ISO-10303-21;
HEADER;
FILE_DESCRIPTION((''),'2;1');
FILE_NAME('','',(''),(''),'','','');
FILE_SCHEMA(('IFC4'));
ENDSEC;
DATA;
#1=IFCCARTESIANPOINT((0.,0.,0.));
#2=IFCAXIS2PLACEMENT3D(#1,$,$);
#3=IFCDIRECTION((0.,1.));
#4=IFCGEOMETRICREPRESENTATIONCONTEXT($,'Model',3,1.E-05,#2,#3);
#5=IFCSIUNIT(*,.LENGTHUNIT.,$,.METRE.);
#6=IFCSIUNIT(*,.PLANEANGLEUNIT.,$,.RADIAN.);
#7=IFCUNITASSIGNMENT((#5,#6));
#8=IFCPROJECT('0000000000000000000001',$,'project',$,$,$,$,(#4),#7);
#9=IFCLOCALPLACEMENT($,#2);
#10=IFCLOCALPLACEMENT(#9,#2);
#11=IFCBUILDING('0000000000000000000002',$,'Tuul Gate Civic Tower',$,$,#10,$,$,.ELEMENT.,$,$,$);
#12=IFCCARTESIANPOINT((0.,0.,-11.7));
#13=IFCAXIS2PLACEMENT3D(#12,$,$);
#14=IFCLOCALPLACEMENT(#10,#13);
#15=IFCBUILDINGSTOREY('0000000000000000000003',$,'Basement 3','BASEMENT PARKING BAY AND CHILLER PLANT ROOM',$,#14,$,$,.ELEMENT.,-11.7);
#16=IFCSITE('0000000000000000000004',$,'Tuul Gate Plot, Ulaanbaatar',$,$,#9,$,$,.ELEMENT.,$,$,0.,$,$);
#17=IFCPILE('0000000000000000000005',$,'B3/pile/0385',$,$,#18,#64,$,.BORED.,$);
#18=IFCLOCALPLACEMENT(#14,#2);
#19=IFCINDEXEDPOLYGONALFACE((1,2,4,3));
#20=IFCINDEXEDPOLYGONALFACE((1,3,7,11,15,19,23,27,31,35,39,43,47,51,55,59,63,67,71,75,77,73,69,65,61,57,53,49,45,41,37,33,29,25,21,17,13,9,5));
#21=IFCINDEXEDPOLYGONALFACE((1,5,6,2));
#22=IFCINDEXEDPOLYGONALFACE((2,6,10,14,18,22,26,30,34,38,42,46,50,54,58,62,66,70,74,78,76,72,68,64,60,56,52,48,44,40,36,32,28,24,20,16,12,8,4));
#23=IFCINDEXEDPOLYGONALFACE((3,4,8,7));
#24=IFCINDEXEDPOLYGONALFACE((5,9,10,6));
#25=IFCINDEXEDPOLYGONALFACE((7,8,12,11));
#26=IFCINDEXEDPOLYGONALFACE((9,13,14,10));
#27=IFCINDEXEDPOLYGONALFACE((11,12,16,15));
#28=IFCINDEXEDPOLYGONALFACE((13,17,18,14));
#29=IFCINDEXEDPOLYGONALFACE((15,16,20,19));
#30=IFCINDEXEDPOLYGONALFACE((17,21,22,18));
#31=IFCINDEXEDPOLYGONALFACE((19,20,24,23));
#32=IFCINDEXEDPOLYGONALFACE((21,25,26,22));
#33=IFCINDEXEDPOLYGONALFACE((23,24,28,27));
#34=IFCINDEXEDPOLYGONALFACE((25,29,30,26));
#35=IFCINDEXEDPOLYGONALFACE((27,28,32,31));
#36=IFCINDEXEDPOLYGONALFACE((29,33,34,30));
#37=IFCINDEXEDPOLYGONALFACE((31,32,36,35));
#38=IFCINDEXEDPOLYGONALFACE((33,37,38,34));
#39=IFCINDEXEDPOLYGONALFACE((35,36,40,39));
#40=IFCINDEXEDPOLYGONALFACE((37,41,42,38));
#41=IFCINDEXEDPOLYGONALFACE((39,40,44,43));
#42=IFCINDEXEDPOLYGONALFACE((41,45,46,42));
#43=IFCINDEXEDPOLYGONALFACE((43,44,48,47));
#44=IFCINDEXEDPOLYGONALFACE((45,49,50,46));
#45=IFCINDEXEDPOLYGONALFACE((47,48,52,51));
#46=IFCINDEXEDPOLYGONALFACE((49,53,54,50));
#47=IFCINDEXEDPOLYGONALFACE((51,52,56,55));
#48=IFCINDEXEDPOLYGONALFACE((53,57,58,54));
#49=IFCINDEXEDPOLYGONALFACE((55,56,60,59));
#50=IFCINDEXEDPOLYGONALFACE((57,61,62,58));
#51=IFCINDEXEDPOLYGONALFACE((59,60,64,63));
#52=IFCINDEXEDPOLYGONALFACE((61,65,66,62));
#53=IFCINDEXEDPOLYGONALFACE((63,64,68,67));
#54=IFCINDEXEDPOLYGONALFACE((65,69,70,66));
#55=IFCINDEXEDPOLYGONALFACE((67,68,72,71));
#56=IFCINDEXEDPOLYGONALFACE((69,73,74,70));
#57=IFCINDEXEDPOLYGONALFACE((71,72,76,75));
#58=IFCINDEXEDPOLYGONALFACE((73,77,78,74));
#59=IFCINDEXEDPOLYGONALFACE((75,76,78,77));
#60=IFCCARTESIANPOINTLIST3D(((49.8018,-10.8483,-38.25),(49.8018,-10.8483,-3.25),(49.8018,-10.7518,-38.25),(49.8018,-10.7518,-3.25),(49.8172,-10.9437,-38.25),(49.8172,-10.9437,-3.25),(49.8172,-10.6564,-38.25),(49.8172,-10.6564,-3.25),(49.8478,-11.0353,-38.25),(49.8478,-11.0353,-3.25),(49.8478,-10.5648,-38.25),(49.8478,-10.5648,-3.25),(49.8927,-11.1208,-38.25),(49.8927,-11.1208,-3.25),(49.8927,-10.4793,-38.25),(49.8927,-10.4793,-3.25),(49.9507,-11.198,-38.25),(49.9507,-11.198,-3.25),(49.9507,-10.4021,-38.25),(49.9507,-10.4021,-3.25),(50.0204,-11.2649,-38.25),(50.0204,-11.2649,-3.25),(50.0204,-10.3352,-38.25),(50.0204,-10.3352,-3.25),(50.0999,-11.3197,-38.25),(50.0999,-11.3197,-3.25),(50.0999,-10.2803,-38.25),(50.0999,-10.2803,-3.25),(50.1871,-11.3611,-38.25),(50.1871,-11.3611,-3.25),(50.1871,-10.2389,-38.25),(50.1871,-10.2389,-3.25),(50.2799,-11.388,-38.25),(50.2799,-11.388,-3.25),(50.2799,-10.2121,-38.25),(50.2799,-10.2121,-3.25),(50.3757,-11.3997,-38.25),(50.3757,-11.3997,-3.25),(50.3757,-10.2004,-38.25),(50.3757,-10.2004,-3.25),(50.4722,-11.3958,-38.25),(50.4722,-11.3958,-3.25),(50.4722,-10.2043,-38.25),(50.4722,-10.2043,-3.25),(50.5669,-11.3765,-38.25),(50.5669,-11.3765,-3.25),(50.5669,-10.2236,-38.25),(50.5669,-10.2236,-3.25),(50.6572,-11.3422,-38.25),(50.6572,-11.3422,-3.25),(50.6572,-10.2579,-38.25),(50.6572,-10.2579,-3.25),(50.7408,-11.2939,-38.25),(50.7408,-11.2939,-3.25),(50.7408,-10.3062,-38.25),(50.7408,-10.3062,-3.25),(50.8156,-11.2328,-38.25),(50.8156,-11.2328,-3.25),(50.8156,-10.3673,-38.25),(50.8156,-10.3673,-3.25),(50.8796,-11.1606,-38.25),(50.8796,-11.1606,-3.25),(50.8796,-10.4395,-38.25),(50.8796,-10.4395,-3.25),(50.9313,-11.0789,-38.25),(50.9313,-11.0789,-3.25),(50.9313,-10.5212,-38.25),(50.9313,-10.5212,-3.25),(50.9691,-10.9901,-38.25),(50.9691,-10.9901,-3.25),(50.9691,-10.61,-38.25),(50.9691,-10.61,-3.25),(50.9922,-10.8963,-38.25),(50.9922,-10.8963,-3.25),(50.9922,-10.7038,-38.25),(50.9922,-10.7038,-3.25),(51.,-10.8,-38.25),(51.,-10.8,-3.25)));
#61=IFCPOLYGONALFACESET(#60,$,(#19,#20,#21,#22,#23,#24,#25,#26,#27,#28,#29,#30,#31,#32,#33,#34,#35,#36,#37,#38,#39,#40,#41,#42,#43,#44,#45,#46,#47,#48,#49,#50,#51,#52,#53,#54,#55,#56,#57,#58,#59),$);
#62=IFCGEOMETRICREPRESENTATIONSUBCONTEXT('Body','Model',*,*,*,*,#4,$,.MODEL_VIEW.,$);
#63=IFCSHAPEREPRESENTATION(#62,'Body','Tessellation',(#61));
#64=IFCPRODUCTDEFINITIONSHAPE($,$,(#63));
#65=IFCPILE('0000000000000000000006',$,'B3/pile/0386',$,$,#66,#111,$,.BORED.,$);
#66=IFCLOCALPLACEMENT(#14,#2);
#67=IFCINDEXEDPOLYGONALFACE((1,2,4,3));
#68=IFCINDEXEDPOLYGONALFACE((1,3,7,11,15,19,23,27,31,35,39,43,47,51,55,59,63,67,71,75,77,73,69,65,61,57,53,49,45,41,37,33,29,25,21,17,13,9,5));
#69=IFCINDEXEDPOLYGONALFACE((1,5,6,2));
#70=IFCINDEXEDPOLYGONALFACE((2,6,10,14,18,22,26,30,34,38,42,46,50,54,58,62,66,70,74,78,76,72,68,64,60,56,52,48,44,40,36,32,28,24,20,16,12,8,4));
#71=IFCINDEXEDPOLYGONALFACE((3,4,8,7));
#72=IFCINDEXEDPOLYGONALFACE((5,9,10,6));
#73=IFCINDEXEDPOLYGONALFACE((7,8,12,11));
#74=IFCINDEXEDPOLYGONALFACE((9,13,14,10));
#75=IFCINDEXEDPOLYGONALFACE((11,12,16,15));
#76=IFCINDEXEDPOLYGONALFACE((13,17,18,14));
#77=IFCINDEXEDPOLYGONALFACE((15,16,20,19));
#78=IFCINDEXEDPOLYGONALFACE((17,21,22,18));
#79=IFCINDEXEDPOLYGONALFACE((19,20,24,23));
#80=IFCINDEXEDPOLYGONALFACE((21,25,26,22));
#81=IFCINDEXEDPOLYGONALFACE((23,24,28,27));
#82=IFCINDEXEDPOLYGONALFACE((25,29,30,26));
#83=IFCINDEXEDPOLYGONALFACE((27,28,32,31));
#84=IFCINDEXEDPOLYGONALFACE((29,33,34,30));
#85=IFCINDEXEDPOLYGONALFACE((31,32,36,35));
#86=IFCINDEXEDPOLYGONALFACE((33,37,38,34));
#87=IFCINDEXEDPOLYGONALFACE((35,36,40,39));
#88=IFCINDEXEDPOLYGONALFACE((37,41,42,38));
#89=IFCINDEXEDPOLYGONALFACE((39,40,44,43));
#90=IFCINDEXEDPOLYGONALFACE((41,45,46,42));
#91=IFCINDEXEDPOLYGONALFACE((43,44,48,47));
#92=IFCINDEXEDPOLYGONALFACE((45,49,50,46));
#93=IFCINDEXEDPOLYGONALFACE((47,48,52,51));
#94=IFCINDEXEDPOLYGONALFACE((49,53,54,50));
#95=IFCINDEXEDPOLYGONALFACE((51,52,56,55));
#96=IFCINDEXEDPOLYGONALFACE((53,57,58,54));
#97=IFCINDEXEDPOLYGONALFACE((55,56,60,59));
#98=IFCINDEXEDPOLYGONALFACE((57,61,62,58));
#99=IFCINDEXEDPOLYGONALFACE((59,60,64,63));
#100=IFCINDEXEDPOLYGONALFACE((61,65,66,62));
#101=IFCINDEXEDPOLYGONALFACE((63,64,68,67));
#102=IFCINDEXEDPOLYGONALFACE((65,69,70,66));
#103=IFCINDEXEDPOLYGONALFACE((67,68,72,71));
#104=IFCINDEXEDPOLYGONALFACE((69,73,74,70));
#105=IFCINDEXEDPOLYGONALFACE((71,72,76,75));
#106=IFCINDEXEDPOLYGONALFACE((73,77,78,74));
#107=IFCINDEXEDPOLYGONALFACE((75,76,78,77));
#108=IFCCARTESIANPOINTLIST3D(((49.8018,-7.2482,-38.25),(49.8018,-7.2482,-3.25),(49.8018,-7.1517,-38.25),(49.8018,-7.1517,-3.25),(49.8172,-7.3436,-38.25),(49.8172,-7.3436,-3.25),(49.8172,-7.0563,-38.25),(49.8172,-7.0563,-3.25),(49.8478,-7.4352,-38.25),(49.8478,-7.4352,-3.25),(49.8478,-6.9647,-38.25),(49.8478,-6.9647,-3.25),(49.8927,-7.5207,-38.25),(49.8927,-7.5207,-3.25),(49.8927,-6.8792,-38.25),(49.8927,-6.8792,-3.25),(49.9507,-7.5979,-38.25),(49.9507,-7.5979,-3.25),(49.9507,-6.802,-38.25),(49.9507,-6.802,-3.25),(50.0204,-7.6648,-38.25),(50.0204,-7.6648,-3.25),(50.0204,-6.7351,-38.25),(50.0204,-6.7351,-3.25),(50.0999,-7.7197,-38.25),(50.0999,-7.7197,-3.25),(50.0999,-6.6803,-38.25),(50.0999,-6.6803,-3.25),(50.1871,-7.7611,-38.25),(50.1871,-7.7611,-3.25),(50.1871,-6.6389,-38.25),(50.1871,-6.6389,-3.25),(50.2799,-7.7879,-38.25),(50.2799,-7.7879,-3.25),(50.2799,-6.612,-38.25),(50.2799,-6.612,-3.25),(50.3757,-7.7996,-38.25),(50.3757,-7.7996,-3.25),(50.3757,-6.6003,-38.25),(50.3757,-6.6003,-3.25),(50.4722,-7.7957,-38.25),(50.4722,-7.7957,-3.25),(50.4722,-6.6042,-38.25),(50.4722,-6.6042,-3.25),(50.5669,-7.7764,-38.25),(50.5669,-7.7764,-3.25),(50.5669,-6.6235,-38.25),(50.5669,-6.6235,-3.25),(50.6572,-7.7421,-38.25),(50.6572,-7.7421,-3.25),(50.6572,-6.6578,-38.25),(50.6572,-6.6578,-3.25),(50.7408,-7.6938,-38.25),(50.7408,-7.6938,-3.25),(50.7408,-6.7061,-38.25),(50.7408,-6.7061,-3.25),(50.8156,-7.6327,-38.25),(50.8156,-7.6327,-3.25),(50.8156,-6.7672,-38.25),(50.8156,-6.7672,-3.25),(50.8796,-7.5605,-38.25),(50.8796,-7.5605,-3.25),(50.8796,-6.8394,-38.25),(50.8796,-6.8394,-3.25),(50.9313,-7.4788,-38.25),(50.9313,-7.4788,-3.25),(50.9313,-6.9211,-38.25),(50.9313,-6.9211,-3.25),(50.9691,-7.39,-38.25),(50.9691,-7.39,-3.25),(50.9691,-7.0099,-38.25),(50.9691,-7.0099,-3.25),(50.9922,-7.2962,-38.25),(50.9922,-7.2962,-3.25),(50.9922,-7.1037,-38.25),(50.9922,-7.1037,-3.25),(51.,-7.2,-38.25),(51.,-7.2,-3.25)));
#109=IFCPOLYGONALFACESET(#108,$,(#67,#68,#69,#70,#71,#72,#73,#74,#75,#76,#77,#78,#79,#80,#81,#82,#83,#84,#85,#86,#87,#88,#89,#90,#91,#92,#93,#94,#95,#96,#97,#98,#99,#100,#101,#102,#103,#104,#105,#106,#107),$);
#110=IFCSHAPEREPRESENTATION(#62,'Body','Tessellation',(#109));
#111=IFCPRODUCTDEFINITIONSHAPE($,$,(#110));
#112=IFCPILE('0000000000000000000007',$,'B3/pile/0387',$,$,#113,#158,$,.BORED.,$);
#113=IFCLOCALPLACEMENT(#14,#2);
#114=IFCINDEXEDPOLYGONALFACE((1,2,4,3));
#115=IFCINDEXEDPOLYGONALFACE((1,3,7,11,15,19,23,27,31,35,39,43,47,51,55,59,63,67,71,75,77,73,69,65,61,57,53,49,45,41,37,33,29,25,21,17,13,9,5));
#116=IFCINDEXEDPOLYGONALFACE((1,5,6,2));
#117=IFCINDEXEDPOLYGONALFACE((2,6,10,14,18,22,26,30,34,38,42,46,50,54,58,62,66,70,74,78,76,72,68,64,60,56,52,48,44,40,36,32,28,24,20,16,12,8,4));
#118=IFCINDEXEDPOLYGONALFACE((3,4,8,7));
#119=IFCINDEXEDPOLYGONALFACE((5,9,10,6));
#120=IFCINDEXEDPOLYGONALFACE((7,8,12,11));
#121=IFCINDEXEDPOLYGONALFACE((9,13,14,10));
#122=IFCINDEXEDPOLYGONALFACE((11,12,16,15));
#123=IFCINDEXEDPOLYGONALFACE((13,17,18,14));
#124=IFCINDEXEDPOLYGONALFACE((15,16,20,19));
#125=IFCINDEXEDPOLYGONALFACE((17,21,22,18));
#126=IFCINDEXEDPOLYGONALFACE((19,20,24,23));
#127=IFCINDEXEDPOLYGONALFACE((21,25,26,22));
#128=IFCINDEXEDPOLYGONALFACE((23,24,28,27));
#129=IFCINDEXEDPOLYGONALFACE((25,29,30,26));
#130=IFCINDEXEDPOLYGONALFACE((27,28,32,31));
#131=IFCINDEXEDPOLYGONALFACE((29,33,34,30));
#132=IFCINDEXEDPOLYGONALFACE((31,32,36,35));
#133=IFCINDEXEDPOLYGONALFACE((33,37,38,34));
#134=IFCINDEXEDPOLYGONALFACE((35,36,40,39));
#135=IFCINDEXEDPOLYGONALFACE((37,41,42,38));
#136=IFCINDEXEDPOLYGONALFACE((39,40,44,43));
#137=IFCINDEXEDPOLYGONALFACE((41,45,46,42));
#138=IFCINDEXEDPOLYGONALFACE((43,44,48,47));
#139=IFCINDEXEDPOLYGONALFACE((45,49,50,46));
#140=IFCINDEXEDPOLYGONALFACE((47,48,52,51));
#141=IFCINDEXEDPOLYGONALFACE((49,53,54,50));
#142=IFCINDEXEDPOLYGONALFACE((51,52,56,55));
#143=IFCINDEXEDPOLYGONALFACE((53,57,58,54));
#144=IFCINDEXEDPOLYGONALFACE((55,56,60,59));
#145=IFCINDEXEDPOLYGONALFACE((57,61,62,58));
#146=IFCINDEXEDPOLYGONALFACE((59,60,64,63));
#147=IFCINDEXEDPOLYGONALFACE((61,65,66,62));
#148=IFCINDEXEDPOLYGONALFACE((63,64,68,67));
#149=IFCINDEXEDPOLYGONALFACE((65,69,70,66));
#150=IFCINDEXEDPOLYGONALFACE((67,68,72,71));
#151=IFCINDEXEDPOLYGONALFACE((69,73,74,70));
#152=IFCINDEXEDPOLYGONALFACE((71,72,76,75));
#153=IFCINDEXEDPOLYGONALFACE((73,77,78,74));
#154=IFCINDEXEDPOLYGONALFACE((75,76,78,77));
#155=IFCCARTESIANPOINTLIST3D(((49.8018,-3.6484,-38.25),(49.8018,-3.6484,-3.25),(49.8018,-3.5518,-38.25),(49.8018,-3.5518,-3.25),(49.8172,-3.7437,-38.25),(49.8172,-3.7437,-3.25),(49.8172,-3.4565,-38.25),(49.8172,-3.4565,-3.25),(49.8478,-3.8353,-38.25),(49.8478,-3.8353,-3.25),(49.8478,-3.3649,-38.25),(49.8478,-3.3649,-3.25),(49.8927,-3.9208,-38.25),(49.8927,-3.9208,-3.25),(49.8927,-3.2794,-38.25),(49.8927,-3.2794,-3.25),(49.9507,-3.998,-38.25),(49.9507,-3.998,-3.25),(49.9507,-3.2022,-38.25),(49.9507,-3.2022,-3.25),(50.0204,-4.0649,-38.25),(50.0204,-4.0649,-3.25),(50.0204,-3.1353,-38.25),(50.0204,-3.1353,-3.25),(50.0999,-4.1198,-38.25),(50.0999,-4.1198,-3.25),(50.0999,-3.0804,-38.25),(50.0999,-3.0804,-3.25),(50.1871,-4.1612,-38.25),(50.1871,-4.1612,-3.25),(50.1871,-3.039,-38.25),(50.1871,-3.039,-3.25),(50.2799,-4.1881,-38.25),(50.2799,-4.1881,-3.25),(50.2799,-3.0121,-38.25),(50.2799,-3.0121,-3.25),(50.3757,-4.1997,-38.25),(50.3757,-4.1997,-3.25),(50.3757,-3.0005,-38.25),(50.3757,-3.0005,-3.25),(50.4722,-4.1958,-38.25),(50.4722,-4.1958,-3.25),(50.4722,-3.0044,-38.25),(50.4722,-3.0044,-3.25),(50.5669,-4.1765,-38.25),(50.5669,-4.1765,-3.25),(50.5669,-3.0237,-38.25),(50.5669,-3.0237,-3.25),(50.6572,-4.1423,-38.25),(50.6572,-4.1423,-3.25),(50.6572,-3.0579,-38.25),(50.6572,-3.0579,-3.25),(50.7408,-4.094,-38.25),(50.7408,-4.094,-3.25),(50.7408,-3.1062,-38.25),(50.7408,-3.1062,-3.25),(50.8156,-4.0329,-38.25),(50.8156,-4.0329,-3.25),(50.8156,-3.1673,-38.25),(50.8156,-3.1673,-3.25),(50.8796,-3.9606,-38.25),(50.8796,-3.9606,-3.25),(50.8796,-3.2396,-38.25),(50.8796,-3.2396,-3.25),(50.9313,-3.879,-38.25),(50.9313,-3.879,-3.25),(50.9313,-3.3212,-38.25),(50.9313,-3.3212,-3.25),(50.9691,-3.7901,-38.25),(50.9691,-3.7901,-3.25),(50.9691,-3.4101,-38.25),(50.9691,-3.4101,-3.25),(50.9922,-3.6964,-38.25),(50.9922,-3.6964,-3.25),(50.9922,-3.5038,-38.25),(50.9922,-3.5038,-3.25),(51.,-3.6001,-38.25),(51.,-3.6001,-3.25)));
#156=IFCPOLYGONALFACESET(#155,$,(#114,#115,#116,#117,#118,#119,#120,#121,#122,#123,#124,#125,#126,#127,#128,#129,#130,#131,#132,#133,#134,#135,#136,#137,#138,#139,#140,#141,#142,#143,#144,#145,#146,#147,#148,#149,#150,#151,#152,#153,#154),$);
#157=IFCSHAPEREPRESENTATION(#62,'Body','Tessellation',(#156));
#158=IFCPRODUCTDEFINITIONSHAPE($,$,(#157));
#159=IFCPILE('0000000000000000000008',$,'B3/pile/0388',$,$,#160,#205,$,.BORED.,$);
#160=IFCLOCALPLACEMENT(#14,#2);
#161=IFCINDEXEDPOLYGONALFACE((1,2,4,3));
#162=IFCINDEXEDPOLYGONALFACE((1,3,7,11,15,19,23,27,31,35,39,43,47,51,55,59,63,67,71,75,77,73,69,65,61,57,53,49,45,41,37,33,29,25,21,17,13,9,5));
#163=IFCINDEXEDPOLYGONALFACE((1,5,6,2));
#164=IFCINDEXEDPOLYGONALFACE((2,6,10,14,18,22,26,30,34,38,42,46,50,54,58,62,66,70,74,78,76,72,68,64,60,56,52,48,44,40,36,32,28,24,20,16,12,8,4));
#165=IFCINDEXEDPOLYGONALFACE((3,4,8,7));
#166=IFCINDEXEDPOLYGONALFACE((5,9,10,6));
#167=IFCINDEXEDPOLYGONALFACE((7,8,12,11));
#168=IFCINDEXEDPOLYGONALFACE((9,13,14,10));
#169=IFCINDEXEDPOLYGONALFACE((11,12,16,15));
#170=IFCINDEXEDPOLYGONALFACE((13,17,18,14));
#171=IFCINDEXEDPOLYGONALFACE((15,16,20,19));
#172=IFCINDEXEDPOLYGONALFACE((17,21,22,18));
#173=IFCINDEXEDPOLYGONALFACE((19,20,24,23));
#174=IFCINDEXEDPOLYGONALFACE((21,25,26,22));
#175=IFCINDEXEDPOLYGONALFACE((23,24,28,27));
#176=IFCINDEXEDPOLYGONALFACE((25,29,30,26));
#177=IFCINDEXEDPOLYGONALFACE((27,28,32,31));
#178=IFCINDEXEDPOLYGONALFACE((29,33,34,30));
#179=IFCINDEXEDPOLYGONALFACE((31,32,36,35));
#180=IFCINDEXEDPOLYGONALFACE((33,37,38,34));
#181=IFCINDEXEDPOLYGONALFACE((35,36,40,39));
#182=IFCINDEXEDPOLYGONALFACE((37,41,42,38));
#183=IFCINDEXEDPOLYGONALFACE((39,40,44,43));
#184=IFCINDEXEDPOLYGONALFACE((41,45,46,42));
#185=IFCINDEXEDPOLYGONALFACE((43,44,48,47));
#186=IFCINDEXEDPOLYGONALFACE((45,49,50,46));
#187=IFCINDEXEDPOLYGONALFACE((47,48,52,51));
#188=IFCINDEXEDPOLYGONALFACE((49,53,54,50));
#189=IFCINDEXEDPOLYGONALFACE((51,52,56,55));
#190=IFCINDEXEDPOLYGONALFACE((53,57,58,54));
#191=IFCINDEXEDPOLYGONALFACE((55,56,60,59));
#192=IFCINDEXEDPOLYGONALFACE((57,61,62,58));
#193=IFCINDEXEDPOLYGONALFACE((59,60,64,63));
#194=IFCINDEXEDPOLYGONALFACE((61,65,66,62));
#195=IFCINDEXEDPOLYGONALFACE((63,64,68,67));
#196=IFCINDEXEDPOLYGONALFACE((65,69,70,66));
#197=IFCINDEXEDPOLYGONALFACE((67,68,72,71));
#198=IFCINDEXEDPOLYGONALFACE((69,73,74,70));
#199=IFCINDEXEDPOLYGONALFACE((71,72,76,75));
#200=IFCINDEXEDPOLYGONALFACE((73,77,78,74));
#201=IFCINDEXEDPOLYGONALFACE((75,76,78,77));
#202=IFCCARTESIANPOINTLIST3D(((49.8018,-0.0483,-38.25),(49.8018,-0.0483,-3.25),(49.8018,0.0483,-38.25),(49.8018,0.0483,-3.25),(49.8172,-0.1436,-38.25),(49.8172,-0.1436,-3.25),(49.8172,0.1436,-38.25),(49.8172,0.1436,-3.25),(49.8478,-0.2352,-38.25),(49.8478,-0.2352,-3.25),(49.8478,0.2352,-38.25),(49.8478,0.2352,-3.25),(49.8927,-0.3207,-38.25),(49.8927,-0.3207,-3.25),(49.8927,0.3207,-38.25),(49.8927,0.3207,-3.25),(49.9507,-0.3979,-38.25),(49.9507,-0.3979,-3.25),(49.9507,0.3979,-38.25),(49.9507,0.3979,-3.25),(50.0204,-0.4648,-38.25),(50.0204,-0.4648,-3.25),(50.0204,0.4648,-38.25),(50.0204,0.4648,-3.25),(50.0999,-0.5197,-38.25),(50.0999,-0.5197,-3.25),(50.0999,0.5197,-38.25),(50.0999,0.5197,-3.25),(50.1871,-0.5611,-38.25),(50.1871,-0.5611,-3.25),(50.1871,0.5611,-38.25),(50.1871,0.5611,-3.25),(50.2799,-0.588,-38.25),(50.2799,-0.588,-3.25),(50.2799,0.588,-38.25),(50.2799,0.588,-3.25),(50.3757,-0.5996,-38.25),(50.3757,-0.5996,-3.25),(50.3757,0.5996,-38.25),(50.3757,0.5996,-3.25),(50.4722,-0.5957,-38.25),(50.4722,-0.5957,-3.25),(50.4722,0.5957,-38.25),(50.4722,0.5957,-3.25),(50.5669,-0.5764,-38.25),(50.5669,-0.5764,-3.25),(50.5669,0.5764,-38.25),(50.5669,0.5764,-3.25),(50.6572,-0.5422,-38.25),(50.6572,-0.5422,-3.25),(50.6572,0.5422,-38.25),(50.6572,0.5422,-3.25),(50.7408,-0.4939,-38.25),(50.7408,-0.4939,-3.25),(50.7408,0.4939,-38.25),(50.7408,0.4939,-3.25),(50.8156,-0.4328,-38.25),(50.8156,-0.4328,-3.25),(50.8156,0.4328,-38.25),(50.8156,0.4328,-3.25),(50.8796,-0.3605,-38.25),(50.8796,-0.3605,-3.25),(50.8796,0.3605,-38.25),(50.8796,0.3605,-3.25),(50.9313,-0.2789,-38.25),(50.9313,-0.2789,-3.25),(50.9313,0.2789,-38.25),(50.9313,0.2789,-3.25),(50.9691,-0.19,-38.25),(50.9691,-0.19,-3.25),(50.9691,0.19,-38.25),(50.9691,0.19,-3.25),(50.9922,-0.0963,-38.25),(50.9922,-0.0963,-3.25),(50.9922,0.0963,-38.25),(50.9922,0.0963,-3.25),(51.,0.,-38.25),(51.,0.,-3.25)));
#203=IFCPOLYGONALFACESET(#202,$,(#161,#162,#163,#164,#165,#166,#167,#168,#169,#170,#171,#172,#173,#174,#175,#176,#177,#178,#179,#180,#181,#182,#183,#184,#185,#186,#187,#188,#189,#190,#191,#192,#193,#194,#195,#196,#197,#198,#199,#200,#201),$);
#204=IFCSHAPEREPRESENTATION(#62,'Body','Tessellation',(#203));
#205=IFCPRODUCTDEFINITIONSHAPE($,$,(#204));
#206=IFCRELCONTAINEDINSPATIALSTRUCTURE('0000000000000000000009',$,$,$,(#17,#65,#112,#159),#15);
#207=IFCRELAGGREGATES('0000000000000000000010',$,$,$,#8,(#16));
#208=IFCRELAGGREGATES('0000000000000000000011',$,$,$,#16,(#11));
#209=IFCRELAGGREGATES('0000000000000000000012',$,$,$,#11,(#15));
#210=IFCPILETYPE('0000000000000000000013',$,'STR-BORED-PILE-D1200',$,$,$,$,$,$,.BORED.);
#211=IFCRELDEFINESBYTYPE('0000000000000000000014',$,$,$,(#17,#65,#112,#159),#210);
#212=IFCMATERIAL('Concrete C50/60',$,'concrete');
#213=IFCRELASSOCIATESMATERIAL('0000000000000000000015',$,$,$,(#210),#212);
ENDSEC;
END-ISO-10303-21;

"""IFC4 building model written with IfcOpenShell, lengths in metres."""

from ifc_helpers import new_model, si_unit, direction, frame, origin, origin_2d, place, context, subcontext, project, spatial, circle, extrude, material, material_profile, profile_set, type_object, element, save


model = new_model("IFC4")

# Units and contexts
model_context = context("Model", 3, precision=1e-05, world=origin(), true_north=direction((0.0, 1.0)))
body_context = subcontext(model_context, "Body", "Model", "MODEL_VIEW")
ifc_project = project(units=[si_unit("LENGTHUNIT", "METRE"), si_unit("PLANEANGLEUNIT", "RADIAN")], contexts=[model_context])

# Site, building, storey
site_placement = place(None, origin())
site = spatial("IfcSite", under=ifc_project, at=site_placement, Name="Tuul Gate Plot, Ulaanbaatar", CompositionType="ELEMENT", RefElevation=0.0)
building_placement = place(site_placement, origin())
building = spatial("IfcBuilding", under=site, at=building_placement, Name="Tuul Gate Civic Tower", CompositionType="ELEMENT")
storey_placement = place(building_placement, frame((0.0, 0.0, -11.7)))
storey = spatial("IfcBuildingStorey", under=building, at=storey_placement, Name="Basement 3", Description="BASEMENT PARKING BAY AND CHILLER PLANT ROOM", CompositionType="ELEMENT", Elevation=-11.7)

# Piles
ifc_material_1 = material(Name="Concrete C50/60", Category="concrete")
ifc_material_profile_1 = material_profile(ifc_material_1, circle(Radius=0.6001, at=origin_2d()), Name="PILE1200")
ifc_profile_set_1 = profile_set([ifc_material_profile_1], Name="Concrete C50/60")
pile_type = type_object("IfcPileType", Name="STR-BORED-PILE-D1200", PredefinedType="BORED", material=ifc_profile_set_1)
for number, where, z_axis, x_axis, name in (
    (1, (50.3999, -10.8, -3.25), (0.0, 0.0, -1.0), (1.0, 0.0, 0.0), "B3/pile/0385"),
    (2, (50.3999, -7.2, -3.25), (0.0, 0.0, -1.0), (1.0, 0.0, 0.0), "B3/pile/0386"),
    (3, (50.3999, -3.6001, -3.25), (0.0, 0.0, -1.0), (1.0, 0.0, 0.0), "B3/pile/0387"),
    (4, (50.3999, 0.0, -3.25), (0.0, 0.0, -1.0), (1.0, 0.0, 0.0), "B3/pile/0388"),
):
    element("IfcPile", number, at=place(storey_placement, frame(where, z_axis=z_axis, x_axis=x_axis)), inside=storey, type_object=pile_type, Name=name, PredefinedType="BORED", context=body_context, shape_type="SweptSolid", body=[
        extrude(circle(Radius=0.6001, at=origin_2d()), origin(), (0.0, 0.0, 1.0), 35.0),
    ])

save(model, "model.ifc")
